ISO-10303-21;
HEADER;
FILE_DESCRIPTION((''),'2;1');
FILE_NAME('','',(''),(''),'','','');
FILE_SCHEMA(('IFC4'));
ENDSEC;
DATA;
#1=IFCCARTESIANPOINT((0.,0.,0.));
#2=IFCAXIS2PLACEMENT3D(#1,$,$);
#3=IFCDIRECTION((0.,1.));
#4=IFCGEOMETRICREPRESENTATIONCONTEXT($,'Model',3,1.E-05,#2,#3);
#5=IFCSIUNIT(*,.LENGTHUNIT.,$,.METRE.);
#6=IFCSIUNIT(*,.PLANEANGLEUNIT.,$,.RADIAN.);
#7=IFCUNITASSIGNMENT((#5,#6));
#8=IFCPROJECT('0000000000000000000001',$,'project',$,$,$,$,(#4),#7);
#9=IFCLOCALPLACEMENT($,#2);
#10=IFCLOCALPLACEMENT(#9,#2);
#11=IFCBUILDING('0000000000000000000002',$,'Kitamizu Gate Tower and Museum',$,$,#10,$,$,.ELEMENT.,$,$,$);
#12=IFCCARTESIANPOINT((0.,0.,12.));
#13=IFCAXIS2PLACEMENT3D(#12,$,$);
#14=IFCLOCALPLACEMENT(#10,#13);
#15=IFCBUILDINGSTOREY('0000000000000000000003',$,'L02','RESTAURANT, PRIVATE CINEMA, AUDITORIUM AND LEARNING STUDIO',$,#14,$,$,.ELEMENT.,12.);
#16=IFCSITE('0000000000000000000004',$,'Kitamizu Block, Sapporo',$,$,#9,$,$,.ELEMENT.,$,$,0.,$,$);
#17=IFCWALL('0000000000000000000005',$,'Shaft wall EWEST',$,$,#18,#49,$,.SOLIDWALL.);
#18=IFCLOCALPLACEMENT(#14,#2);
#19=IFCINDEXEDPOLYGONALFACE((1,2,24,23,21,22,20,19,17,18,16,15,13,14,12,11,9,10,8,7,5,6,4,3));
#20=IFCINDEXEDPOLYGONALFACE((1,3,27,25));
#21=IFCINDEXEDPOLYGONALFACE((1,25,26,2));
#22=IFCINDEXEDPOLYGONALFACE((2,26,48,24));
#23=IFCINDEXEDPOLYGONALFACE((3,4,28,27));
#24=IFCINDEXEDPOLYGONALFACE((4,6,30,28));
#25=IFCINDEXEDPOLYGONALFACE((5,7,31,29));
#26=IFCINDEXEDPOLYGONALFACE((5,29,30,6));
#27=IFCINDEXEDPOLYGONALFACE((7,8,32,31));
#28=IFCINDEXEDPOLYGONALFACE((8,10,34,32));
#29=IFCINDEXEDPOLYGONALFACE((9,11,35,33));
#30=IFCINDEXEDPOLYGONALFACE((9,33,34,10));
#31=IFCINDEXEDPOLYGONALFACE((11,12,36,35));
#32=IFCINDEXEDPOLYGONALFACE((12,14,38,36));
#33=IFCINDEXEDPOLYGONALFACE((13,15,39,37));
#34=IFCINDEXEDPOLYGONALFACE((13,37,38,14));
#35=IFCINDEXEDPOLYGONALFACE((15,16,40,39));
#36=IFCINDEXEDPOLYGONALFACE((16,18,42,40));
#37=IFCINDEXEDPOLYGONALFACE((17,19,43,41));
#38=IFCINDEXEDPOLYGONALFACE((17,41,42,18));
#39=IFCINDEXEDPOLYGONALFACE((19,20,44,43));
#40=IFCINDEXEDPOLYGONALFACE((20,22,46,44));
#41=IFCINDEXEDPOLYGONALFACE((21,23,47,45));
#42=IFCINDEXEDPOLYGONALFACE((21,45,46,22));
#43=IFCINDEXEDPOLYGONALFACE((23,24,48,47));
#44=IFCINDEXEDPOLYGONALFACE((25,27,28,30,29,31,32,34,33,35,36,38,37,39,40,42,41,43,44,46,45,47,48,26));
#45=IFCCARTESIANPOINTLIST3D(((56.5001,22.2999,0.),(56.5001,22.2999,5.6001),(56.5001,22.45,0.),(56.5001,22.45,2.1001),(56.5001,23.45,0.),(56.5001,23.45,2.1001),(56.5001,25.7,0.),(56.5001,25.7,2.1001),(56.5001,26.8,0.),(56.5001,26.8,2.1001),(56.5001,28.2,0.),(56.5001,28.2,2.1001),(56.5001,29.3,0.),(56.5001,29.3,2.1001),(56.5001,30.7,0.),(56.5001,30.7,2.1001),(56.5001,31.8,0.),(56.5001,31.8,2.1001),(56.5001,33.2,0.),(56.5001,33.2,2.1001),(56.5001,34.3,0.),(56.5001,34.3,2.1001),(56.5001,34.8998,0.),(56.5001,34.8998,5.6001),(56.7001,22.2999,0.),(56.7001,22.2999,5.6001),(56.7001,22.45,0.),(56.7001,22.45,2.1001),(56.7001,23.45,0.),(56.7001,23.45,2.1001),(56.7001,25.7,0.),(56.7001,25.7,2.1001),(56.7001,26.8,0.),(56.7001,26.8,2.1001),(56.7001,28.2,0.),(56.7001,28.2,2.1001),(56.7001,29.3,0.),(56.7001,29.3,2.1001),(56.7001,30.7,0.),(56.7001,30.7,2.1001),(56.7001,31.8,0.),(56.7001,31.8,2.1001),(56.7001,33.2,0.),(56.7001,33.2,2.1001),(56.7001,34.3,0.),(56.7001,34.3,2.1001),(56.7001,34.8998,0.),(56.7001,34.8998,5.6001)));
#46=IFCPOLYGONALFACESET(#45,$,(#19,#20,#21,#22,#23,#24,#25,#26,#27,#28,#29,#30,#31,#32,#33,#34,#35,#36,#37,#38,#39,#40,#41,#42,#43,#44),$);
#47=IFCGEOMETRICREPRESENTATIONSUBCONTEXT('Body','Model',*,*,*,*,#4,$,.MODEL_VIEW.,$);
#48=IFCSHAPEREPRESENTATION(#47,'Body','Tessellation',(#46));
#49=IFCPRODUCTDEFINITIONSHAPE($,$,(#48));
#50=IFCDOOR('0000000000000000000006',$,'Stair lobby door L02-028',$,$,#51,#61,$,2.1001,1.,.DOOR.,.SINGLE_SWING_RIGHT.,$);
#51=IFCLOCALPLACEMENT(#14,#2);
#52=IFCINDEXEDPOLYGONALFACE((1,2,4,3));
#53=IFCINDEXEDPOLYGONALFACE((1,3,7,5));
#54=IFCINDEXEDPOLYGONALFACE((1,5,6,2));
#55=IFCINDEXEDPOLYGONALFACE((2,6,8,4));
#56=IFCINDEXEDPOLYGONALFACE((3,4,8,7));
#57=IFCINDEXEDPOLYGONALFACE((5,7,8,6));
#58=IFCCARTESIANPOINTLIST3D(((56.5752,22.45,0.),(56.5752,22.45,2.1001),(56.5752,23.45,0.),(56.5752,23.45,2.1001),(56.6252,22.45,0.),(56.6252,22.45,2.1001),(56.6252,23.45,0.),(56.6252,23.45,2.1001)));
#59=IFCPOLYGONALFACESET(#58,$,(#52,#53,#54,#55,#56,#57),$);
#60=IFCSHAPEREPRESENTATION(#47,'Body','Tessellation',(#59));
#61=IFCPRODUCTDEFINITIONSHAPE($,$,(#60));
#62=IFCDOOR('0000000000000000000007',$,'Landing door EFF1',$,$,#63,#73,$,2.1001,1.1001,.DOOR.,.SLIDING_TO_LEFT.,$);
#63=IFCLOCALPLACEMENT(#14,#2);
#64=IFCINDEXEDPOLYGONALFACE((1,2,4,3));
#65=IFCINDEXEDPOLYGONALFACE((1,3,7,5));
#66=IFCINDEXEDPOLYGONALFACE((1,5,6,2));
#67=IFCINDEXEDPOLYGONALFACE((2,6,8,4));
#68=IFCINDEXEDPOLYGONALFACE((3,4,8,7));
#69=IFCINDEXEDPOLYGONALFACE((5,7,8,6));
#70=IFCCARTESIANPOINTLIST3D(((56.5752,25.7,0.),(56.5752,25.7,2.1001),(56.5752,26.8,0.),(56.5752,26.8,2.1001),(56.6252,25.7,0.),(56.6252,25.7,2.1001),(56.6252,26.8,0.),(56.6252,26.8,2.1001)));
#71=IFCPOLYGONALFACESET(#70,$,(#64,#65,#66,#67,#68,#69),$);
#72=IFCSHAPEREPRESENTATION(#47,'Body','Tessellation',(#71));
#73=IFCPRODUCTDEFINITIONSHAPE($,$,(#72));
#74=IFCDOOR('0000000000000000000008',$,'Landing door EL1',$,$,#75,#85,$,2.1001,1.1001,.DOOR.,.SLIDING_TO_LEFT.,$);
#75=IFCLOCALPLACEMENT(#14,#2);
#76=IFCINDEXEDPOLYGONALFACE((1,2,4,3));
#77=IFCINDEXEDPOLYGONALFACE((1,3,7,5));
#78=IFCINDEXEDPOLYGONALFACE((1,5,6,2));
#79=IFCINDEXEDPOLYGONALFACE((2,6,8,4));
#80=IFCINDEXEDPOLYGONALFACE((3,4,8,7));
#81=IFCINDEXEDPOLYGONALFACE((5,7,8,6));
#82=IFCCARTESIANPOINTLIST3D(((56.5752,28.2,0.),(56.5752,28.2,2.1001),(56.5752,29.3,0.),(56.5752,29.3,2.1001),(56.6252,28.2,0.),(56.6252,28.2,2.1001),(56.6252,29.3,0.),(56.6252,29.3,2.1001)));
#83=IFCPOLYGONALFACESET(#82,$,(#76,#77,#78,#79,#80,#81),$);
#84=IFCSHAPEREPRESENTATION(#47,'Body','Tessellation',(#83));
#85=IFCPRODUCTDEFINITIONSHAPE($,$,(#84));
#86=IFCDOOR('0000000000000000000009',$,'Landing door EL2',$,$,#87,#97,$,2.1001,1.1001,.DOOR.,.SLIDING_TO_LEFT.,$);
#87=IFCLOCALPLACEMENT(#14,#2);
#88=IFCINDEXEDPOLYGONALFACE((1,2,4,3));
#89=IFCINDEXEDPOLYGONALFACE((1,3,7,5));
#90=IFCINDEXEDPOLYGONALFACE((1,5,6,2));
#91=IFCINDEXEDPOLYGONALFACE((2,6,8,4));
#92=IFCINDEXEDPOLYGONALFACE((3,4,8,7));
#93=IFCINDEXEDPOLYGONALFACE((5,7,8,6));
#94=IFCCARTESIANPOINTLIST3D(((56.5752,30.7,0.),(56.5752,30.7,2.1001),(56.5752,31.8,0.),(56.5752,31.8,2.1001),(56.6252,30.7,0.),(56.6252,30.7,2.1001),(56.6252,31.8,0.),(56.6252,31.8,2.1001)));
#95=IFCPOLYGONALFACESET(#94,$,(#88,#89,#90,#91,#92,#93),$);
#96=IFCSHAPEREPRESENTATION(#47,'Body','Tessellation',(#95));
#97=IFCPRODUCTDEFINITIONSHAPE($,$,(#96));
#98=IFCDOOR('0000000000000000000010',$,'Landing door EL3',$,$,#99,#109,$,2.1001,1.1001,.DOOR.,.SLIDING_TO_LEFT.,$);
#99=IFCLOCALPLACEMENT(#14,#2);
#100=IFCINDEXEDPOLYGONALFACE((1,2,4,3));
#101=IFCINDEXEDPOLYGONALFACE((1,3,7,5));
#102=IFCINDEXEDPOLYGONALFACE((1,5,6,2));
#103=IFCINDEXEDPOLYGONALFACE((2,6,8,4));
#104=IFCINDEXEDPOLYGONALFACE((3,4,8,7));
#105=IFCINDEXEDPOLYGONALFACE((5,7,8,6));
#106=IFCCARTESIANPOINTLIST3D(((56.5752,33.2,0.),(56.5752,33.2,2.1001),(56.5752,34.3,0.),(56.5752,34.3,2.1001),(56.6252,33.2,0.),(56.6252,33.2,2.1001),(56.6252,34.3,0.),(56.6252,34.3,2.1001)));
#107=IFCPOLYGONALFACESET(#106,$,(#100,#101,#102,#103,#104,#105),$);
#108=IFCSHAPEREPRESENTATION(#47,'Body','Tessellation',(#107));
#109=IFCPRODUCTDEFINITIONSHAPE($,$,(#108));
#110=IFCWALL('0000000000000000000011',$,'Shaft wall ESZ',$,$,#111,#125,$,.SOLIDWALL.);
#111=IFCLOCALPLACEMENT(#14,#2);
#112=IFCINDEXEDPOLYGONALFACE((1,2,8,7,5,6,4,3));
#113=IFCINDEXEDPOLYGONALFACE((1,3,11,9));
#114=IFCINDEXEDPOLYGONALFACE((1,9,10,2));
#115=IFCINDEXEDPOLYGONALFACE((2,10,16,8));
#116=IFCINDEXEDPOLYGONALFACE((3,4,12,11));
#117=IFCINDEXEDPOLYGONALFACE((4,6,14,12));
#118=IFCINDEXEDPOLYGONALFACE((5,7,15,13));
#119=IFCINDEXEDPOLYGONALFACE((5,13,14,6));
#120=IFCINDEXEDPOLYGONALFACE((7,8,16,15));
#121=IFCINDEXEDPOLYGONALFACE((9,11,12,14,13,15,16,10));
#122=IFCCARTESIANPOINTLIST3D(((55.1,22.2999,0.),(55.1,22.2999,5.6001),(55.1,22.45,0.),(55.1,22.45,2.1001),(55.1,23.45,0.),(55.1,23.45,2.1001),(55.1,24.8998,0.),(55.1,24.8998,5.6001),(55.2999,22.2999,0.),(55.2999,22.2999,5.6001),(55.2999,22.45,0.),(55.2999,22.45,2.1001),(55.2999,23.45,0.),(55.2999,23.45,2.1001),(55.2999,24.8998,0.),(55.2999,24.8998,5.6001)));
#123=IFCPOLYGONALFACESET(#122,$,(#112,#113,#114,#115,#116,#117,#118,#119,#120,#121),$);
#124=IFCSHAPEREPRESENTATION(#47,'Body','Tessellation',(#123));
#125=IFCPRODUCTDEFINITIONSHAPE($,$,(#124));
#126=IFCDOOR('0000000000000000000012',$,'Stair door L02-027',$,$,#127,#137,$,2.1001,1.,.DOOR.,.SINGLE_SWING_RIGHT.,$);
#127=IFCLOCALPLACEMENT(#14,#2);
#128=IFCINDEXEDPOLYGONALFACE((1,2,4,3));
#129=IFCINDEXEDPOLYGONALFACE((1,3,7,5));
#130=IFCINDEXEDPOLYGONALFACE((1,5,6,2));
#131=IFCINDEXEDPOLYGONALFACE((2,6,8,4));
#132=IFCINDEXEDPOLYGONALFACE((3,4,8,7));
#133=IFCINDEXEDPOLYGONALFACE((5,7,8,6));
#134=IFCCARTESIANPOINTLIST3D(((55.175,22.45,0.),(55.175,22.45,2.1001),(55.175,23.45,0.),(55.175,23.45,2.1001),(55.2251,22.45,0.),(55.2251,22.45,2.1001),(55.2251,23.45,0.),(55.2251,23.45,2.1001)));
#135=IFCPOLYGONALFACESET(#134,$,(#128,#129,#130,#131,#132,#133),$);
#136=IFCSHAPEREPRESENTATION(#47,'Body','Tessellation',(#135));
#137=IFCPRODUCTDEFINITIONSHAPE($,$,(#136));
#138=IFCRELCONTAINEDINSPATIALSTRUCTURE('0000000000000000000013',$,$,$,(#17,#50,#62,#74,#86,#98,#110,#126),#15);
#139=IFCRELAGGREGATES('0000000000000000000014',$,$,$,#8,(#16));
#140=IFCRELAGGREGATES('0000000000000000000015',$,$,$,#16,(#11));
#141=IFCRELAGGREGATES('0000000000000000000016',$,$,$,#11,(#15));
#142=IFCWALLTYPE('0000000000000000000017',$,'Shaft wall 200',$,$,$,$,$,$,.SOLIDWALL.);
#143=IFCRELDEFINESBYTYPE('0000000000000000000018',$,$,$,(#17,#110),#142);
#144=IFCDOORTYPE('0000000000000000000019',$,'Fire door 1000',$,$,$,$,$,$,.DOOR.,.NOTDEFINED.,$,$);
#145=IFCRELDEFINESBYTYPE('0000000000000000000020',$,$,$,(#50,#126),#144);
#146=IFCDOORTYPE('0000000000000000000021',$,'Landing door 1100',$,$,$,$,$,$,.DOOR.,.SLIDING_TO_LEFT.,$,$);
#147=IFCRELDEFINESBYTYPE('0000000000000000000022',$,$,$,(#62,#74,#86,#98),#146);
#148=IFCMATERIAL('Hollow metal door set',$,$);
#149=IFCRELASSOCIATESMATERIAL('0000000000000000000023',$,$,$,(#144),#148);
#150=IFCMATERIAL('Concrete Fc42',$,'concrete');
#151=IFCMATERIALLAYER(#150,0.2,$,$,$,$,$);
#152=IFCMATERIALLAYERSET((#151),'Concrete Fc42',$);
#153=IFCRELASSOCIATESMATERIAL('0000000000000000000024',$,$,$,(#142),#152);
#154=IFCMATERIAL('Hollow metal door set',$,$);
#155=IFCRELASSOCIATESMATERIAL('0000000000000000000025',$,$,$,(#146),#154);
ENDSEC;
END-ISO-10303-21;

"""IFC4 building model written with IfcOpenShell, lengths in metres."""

from ifc_helpers import new_model, si_unit, direction, frame, frame_2d, origin, place, context, subcontext, project, spatial, rectangle, extrude, material, layer, layer_set, type_object, element, fill, save


model = new_model("IFC4")

# Units and contexts
model_context = context("Model", 3, precision=1e-05, world=origin(), true_north=direction((0.0, 1.0)))
body_context = subcontext(model_context, "Body", "Model", "MODEL_VIEW")
ifc_project = project(units=[si_unit("LENGTHUNIT", "METRE"), si_unit("PLANEANGLEUNIT", "RADIAN")], contexts=[model_context])

# Site, building, storey
site_placement = place(None, origin())
site = spatial("IfcSite", under=ifc_project, at=site_placement, Name="Kitamizu Block, Sapporo", CompositionType="ELEMENT", RefElevation=0.0)
building_placement = place(site_placement, origin())
building = spatial("IfcBuilding", under=site, at=building_placement, Name="Kitamizu Gate Tower and Museum", CompositionType="ELEMENT")
storey_placement = place(building_placement, frame((0.0, 0.0, 12.0)))
storey = spatial("IfcBuildingStorey", under=building, at=storey_placement, Name="L02", Description="RESTAURANT, PRIVATE CINEMA, AUDITORIUM AND LEARNING STUDIO", CompositionType="ELEMENT", Elevation=12.0)

# Shared definitions
ifc_material_1 = material(Name="Hollow metal door set")
door_type_1 = type_object("IfcDoorType", Name="Fire door 1000", OperationType="NOTDEFINED", PredefinedType="DOOR", material=ifc_material_1)

# Wall, openings, doors
ifc_material_2 = material(Name="Concrete Fc42", Category="concrete")
ifc_layer_1 = layer(ifc_material_2, 0.2)
ifc_layer_set_1 = layer_set([ifc_layer_1], Name="Concrete Fc42")
wall_type_1 = type_object("IfcWallType", Name="Shaft wall 200", PredefinedType="SOLIDWALL", material=ifc_layer_set_1)
wall_1_placement = place(storey_placement, frame((56.6001, 22.3, 0.0), z_axis=(0.0, 0.0, 1.0), x_axis=(0.0, 1.0, 0.0)))
wall_1 = element("IfcWall", 1, at=wall_1_placement, inside=storey, type_object=wall_type_1, Name="Shaft wall EWEST", PredefinedType="SOLIDWALL", context=body_context, shape_type="SweptSolid", body=[
    extrude(rectangle(XDim=12.5999, YDim=0.2, at=frame_2d((6.2998, 0.0))), origin(), (0.0, 0.0, 1.0), 5.6001),
])
opening_1_placement = place(wall_1_placement, frame((3.3999, 0.0, 0.0)))
opening_1 = element("IfcOpeningElement", 2, at=opening_1_placement, cuts=wall_1, PredefinedType="OPENING", context=body_context, shape_type="SweptSolid", body=[
    extrude(rectangle(XDim=1.1001, YDim=2.1001, at=frame_2d((0.55, 1.05))), frame((0.0, 0.1099, 0.0), z_axis=(0.0, -1.0, 0.0), x_axis=(1.0, 0.0, 0.0)), (0.0, 0.0, 1.0), 0.22),
])
opening_2_placement = place(wall_1_placement, frame((5.8999, 0.0, 0.0)))
opening_2 = element("IfcOpeningElement", 3, at=opening_2_placement, cuts=wall_1, PredefinedType="OPENING", context=body_context, shape_type="SweptSolid", body=[
    extrude(rectangle(XDim=1.1001, YDim=2.1001, at=frame_2d((0.55, 1.05))), frame((0.0, 0.1099, 0.0), z_axis=(0.0, -1.0, 0.0), x_axis=(1.0, 0.0, 0.0)), (0.0, 0.0, 1.0), 0.22),
])
opening_3_placement = place(wall_1_placement, frame((8.3999, 0.0, 0.0)))
opening_3 = element("IfcOpeningElement", 4, at=opening_3_placement, cuts=wall_1, PredefinedType="OPENING", context=body_context, shape_type="SweptSolid", body=[
    extrude(rectangle(XDim=1.1001, YDim=2.1001, at=frame_2d((0.55, 1.05))), frame((0.0, 0.1099, 0.0), z_axis=(0.0, -1.0, 0.0), x_axis=(1.0, 0.0, 0.0)), (0.0, 0.0, 1.0), 0.22),
])
opening_4_placement = place(wall_1_placement, frame((10.8999, 0.0, 0.0)))
opening_4 = element("IfcOpeningElement", 5, at=opening_4_placement, cuts=wall_1, PredefinedType="OPENING", context=body_context, shape_type="SweptSolid", body=[
    extrude(rectangle(XDim=1.1001, YDim=2.1001, at=frame_2d((0.55, 1.05))), frame((0.0, 0.1099, 0.0), z_axis=(0.0, -1.0, 0.0), x_axis=(1.0, 0.0, 0.0)), (0.0, 0.0, 1.0), 0.22),
])
opening_5_placement = place(wall_1_placement, frame((0.1499, 0.0, 0.0)))
opening_5 = element("IfcOpeningElement", 6, at=opening_5_placement, cuts=wall_1, PredefinedType="OPENING", context=body_context, shape_type="SweptSolid", body=[
    extrude(rectangle(XDim=1.0, YDim=2.1001, at=frame_2d((0.5, 1.05))), frame((0.0, 0.1099, 0.0), z_axis=(0.0, -1.0, 0.0), x_axis=(1.0, 0.0, 0.0)), (0.0, 0.0, 1.0), 0.22),
])
door_1_placement = place(opening_5_placement, origin())
door_1 = element("IfcDoor", 7, at=door_1_placement, inside=storey, type_object=door_type_1, Name="Stair lobby door L02-028", OperationType="SINGLE_SWING_RIGHT", OverallHeight=2.1001, OverallWidth=1.0, PredefinedType="DOOR", context=body_context, shape_type="SweptSolid", body=[
    extrude(rectangle(XDim=1.0, YDim=2.1001, at=frame_2d((0.5, 1.05))), frame((0.0, 0.0249, 0.0), z_axis=(0.0, -1.0, 0.0), x_axis=(1.0, 0.0, 0.0)), (0.0, 0.0, 1.0), 0.05),
])
fill(opening_5, door_1)
ifc_material_3 = material(Name="Hollow metal door set")
door_type_2 = type_object("IfcDoorType", Name="Landing door 1100", OperationType="SLIDING_TO_LEFT", PredefinedType="DOOR", material=ifc_material_3)
door_2_placement = place(opening_1_placement, origin())
door_2 = element("IfcDoor", 8, at=door_2_placement, inside=storey, type_object=door_type_2, Name="Landing door EFF1", OperationType="SLIDING_TO_LEFT", OverallHeight=2.1001, OverallWidth=1.1001, PredefinedType="DOOR", context=body_context, shape_type="SweptSolid", body=[
    extrude(rectangle(XDim=1.1001, YDim=2.1001, at=frame_2d((0.55, 1.05))), frame((0.0, 0.0249, 0.0), z_axis=(0.0, -1.0, 0.0), x_axis=(1.0, 0.0, 0.0)), (0.0, 0.0, 1.0), 0.05),
])
fill(opening_1, door_2)
door_3_placement = place(opening_2_placement, origin())
door_3 = element("IfcDoor", 9, at=door_3_placement, inside=storey, type_object=door_type_2, Name="Landing door EL1", OperationType="SLIDING_TO_LEFT", OverallHeight=2.1001, OverallWidth=1.1001, PredefinedType="DOOR", context=body_context, shape_type="SweptSolid", body=[
    extrude(rectangle(XDim=1.1001, YDim=2.1001, at=frame_2d((0.55, 1.05))), frame((0.0, 0.0249, 0.0), z_axis=(0.0, -1.0, 0.0), x_axis=(1.0, 0.0, 0.0)), (0.0, 0.0, 1.0), 0.05),
])
fill(opening_2, door_3)
door_4_placement = place(opening_3_placement, origin())
door_4 = element("IfcDoor", 10, at=door_4_placement, inside=storey, type_object=door_type_2, Name="Landing door EL2", OperationType="SLIDING_TO_LEFT", OverallHeight=2.1001, OverallWidth=1.1001, PredefinedType="DOOR", context=body_context, shape_type="SweptSolid", body=[
    extrude(rectangle(XDim=1.1001, YDim=2.1001, at=frame_2d((0.55, 1.05))), frame((0.0, 0.0249, 0.0), z_axis=(0.0, -1.0, 0.0), x_axis=(1.0, 0.0, 0.0)), (0.0, 0.0, 1.0), 0.05),
])
fill(opening_3, door_4)
door_5_placement = place(opening_4_placement, origin())
door_5 = element("IfcDoor", 11, at=door_5_placement, inside=storey, type_object=door_type_2, Name="Landing door EL3", OperationType="SLIDING_TO_LEFT", OverallHeight=2.1001, OverallWidth=1.1001, PredefinedType="DOOR", context=body_context, shape_type="SweptSolid", body=[
    extrude(rectangle(XDim=1.1001, YDim=2.1001, at=frame_2d((0.55, 1.05))), frame((0.0, 0.0249, 0.0), z_axis=(0.0, -1.0, 0.0), x_axis=(1.0, 0.0, 0.0)), (0.0, 0.0, 1.0), 0.05),
])
fill(opening_4, door_5)

# Wall, opening, door
wall_2_placement = place(storey_placement, frame((55.2, 22.3, 0.0), z_axis=(0.0, 0.0, 1.0), x_axis=(0.0, 1.0, 0.0)))
wall_2 = element("IfcWall", 12, at=wall_2_placement, inside=storey, type_object=wall_type_1, Name="Shaft wall ESZ", PredefinedType="SOLIDWALL", context=body_context, shape_type="SweptSolid", body=[
    extrude(rectangle(XDim=2.5999, YDim=0.2, at=frame_2d((1.2998, 0.0))), origin(), (0.0, 0.0, 1.0), 5.6001),
])
opening_6_placement = place(wall_2_placement, frame((0.1499, 0.0, 0.0)))
opening_6 = element("IfcOpeningElement", 13, at=opening_6_placement, cuts=wall_2, PredefinedType="OPENING", context=body_context, shape_type="SweptSolid", body=[
    extrude(rectangle(XDim=1.0, YDim=2.1001, at=frame_2d((0.5, 1.05))), frame((0.0, 0.1099, 0.0), z_axis=(0.0, -1.0, 0.0), x_axis=(1.0, 0.0, 0.0)), (0.0, 0.0, 1.0), 0.22),
])
door_6_placement = place(opening_6_placement, origin())
door_6 = element("IfcDoor", 14, at=door_6_placement, inside=storey, type_object=door_type_1, Name="Stair door L02-027", OperationType="SINGLE_SWING_RIGHT", OverallHeight=2.1001, OverallWidth=1.0, PredefinedType="DOOR", context=body_context, shape_type="SweptSolid", body=[
    extrude(rectangle(XDim=1.0, YDim=2.1001, at=frame_2d((0.5, 1.05))), frame((0.0, 0.0249, 0.0), z_axis=(0.0, -1.0, 0.0), x_axis=(1.0, 0.0, 0.0)), (0.0, 0.0, 1.0), 0.05),
])
fill(opening_6, door_6)

save(model, "model.ifc")
